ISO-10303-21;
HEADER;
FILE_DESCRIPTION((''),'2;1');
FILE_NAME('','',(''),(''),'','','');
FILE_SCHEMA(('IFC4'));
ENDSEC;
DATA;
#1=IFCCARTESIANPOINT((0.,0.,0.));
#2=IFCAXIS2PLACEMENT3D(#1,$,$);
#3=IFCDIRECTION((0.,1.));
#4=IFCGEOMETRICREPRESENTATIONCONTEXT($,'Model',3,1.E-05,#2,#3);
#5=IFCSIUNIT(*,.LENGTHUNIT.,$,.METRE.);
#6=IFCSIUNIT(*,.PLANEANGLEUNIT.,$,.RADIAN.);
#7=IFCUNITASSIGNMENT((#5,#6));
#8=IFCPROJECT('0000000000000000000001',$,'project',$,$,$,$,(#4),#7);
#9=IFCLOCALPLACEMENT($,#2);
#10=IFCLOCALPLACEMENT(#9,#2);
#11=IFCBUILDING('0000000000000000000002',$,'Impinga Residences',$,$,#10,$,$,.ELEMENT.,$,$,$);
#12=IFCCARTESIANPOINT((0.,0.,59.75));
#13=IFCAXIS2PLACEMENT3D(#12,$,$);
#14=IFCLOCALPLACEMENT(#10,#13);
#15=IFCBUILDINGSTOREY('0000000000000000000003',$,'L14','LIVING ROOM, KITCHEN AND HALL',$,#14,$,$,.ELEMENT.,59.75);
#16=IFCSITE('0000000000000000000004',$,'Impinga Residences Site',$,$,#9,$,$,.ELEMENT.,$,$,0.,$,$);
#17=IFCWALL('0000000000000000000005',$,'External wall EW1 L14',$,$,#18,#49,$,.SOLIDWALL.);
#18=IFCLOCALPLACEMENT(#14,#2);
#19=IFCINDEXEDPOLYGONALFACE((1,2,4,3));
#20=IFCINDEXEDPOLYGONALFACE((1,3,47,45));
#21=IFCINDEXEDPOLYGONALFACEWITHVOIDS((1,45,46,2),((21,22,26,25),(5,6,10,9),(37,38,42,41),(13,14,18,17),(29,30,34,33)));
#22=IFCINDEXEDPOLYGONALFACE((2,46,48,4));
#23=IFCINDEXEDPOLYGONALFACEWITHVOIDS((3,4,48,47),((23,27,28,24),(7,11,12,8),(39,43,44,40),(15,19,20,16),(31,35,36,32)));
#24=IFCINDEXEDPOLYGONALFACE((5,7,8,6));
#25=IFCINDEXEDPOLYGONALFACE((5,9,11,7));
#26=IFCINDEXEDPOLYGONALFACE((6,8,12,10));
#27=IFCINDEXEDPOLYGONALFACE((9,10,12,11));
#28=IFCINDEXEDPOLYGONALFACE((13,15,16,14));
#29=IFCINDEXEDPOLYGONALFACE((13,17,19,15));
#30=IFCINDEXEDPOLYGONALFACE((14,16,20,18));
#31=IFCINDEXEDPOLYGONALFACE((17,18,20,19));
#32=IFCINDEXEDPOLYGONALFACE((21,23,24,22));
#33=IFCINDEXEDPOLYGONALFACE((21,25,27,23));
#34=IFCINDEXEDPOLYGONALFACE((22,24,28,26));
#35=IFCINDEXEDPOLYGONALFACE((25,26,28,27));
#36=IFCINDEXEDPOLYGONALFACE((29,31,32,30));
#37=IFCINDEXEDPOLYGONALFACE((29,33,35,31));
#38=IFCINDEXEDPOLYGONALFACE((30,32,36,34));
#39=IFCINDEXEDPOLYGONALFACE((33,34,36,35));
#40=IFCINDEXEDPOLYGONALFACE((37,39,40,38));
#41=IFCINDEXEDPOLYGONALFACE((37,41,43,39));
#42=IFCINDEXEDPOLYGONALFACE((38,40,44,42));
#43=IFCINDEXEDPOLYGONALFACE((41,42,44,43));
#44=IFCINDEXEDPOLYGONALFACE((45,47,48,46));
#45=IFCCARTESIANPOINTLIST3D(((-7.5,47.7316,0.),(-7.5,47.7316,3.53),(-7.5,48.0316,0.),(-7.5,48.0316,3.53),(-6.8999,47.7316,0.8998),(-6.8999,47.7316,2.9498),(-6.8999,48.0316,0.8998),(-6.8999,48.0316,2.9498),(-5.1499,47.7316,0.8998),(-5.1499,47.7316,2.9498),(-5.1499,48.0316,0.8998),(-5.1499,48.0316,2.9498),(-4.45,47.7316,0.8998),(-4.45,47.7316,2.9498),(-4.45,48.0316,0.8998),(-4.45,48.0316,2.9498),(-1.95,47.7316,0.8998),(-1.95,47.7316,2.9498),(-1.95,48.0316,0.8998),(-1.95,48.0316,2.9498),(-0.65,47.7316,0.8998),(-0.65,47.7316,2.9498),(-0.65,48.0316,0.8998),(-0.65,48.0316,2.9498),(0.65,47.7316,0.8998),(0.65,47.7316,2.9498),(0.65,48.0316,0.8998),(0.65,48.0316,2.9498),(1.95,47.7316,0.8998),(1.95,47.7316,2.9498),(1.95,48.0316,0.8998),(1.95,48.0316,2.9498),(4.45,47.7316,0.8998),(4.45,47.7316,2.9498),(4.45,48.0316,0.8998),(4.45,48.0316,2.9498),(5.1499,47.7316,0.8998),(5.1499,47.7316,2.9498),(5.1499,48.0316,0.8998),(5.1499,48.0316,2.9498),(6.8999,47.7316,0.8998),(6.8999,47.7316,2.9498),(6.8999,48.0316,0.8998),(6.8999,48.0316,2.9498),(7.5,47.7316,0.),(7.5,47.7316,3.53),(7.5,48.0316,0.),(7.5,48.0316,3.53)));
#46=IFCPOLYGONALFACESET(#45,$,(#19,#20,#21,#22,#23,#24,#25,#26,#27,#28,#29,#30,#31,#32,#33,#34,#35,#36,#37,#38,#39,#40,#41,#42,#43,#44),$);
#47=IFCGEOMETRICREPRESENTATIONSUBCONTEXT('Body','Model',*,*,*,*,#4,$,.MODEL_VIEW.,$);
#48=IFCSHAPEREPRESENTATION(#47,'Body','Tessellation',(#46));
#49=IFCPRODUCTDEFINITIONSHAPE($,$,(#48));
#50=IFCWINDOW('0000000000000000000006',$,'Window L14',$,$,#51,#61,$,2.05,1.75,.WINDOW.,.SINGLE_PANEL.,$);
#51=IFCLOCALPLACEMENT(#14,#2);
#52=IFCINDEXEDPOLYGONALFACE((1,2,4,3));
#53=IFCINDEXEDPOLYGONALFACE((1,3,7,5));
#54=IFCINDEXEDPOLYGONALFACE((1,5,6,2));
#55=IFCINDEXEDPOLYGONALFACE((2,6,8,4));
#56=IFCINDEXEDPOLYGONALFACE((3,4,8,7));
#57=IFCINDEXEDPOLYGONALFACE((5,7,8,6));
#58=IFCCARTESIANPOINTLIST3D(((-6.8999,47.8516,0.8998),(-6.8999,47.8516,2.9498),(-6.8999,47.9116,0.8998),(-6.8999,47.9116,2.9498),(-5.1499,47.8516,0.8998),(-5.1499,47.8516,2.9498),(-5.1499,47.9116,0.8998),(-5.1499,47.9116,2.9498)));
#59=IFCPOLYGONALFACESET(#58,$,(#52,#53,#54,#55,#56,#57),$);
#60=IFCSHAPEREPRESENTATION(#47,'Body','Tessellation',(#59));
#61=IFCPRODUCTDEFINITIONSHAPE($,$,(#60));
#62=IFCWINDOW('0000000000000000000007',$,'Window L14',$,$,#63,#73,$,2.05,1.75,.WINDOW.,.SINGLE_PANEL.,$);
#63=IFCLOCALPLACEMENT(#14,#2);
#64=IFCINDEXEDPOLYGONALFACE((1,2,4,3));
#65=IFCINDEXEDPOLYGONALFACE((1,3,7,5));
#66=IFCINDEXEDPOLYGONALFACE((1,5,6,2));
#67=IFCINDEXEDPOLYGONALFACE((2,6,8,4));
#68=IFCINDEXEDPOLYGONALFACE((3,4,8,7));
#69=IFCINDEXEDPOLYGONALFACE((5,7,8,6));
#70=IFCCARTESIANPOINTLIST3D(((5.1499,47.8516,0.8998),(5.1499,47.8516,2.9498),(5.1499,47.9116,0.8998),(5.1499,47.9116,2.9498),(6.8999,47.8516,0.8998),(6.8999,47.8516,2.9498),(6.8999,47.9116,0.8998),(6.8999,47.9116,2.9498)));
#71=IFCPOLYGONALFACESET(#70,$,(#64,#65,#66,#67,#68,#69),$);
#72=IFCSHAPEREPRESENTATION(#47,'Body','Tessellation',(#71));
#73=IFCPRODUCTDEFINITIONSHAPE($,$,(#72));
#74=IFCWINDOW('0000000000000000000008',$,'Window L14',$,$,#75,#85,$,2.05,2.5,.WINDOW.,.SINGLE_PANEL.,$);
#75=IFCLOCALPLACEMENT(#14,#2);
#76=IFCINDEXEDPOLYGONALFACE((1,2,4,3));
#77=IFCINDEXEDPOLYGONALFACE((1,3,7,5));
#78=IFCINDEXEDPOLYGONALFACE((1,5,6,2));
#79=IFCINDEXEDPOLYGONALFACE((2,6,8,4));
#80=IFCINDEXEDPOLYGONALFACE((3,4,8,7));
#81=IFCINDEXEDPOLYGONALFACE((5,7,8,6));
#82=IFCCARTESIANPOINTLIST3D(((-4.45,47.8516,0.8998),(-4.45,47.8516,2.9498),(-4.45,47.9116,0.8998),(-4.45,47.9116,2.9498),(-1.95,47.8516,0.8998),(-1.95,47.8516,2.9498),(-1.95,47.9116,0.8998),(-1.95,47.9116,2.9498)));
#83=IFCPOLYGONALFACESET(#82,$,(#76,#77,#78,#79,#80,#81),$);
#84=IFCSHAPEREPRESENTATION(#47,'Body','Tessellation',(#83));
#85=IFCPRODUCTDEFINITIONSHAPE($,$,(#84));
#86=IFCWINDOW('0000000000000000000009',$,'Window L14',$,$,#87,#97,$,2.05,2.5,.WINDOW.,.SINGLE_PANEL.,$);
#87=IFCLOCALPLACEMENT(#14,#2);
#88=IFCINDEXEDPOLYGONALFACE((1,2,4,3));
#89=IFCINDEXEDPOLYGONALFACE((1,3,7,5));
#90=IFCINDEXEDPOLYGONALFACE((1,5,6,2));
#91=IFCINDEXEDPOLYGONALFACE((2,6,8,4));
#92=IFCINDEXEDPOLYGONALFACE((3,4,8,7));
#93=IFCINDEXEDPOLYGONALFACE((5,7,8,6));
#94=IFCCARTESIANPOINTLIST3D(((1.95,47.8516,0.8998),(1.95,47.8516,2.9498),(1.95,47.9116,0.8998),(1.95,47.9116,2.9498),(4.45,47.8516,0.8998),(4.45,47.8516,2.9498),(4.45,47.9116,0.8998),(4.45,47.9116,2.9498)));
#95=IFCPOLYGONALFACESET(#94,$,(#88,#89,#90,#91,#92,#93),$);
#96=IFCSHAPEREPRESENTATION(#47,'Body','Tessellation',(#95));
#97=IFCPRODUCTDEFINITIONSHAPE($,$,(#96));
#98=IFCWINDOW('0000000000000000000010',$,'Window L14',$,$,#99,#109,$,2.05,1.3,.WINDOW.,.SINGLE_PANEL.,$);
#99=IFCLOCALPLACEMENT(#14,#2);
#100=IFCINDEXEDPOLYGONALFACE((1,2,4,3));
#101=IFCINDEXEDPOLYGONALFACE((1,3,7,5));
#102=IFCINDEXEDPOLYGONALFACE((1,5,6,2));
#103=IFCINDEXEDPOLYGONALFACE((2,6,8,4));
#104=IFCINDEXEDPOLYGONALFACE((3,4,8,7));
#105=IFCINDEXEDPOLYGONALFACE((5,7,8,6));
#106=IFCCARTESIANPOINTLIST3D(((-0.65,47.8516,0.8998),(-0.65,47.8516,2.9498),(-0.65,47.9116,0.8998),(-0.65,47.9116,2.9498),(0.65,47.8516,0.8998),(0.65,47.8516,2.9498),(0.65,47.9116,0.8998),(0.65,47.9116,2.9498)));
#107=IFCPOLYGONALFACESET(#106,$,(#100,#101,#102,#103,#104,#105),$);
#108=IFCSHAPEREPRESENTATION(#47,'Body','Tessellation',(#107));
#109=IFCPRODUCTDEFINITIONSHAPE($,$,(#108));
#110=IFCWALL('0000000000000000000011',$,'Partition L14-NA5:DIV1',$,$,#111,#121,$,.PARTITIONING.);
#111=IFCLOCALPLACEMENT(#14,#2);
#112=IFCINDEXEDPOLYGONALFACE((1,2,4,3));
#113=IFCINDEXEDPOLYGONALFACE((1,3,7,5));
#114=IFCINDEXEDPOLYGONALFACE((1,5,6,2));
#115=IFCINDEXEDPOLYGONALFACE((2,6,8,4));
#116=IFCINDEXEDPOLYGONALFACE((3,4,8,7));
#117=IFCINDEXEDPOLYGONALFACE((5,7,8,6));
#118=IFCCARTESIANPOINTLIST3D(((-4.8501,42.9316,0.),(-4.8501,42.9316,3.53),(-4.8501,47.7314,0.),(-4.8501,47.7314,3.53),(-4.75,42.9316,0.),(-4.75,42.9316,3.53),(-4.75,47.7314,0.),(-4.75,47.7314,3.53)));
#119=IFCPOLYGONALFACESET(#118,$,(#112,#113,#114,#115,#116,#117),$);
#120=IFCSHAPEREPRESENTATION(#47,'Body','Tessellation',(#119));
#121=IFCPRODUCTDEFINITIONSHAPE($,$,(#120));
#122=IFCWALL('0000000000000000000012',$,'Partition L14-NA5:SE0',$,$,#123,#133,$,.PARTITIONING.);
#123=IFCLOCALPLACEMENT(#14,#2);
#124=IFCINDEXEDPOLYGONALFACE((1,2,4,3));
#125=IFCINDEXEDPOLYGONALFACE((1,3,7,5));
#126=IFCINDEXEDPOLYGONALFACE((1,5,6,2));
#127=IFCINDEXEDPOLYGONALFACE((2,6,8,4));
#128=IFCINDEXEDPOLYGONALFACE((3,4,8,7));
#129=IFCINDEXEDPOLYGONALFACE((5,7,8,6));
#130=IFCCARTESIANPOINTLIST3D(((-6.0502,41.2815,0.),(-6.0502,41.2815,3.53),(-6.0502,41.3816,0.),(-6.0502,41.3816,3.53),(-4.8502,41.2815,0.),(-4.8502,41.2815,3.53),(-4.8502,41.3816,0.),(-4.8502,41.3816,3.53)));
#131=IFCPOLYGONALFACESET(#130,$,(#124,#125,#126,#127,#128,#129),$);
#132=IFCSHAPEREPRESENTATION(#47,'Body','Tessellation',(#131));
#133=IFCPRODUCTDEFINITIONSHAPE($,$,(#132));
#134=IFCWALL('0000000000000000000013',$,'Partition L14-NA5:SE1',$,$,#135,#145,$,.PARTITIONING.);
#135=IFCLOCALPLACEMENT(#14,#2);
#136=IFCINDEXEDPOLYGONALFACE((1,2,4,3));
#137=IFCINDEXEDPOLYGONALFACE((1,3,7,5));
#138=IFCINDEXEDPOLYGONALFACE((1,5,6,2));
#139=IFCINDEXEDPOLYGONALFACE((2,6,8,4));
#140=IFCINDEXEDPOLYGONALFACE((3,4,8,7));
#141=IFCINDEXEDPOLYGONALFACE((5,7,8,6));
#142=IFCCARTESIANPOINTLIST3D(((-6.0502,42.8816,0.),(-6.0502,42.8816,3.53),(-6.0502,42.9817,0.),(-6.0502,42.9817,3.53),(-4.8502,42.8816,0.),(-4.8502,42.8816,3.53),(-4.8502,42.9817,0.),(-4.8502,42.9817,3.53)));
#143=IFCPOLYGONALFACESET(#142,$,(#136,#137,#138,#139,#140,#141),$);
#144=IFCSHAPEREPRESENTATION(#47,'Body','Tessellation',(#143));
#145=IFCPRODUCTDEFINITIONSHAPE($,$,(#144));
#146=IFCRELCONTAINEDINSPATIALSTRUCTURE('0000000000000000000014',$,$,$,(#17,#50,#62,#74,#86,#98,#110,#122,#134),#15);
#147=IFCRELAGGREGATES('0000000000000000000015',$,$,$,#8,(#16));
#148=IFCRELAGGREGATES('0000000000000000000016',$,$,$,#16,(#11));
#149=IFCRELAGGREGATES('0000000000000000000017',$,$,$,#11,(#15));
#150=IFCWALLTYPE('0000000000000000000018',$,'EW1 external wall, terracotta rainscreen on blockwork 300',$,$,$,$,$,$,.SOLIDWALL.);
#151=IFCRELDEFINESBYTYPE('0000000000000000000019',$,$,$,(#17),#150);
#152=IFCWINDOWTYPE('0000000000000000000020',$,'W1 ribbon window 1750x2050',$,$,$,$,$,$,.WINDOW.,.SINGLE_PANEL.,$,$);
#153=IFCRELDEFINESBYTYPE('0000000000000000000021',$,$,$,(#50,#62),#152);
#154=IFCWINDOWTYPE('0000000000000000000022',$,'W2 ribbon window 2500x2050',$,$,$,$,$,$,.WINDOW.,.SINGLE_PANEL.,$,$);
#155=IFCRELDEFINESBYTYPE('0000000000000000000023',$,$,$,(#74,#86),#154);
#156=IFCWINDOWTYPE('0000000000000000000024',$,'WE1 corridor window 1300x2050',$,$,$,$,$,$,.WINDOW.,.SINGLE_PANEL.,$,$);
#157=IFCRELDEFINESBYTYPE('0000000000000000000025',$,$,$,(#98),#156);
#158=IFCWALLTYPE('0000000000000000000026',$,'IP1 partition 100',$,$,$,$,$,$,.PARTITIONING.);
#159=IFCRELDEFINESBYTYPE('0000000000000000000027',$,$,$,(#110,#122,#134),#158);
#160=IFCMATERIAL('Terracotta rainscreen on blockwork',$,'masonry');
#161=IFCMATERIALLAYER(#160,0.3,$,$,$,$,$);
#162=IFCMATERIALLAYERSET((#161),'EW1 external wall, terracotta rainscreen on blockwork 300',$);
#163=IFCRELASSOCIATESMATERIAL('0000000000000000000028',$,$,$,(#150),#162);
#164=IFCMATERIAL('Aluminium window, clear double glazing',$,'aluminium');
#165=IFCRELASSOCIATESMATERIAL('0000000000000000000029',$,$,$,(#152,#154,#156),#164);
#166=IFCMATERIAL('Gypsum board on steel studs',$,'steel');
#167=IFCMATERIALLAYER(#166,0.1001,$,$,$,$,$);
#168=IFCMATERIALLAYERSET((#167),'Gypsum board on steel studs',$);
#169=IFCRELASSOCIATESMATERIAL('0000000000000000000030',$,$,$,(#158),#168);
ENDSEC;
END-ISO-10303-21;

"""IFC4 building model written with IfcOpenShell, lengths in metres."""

from ifc_helpers import new_model, si_unit, direction, frame, frame_2d, origin, place, context, subcontext, project, spatial, rectangle, extrude, material, layer, layer_set, type_object, element, fill, save


model = new_model("IFC4")

# Units and contexts
model_context = context("Model", 3, precision=1e-05, world=origin(), true_north=direction((0.0, 1.0)))
body_context = subcontext(model_context, "Body", "Model", "MODEL_VIEW")
ifc_project = project(units=[si_unit("LENGTHUNIT", "METRE"), si_unit("PLANEANGLEUNIT", "RADIAN")], contexts=[model_context])

# Site, building, storey
site_placement = place(None, origin())
site = spatial("IfcSite", under=ifc_project, at=site_placement, Name="Impinga Residences Site", CompositionType="ELEMENT", RefElevation=0.0)
building_placement = place(site_placement, origin())
building = spatial("IfcBuilding", under=site, at=building_placement, Name="Impinga Residences", CompositionType="ELEMENT")
storey_placement = place(building_placement, frame((0.0, 0.0, 59.75)))
storey = spatial("IfcBuildingStorey", under=building, at=storey_placement, Name="L14", Description="LIVING ROOM, KITCHEN AND HALL", CompositionType="ELEMENT", Elevation=59.75)

# Shared definitions
ifc_material_1 = material(Name="Terracotta rainscreen on blockwork", Category="masonry")
ifc_layer_1 = layer(ifc_material_1, 0.3)
ifc_layer_set_1 = layer_set([ifc_layer_1], Name="EW1 external wall, terracotta rainscreen on blockwork 300")
wall_type_1 = type_object("IfcWallType", Name="EW1 external wall, terracotta rainscreen on blockwork 300", PredefinedType="SOLIDWALL", material=ifc_layer_set_1)

# Wall, openings, windows
wall_1_placement = place(storey_placement, frame((-7.5, 47.8816, 0.0), z_axis=(0.0, 0.0, 1.0), x_axis=(1.0, 0.0, 0.0)))
wall_1 = element("IfcWall", 1, at=wall_1_placement, inside=storey, type_object=wall_type_1, Name="External wall EW1 L14", PredefinedType="SOLIDWALL", context=body_context, shape_type="SweptSolid", body=[
    extrude(rectangle(XDim=15.0, YDim=0.3, at=frame_2d((7.5, 0.0))), origin(), (0.0, 0.0, 1.0), 3.53),
])
opening_1_placement = place(wall_1_placement, frame((0.6001, 0.0, 0.8999)))
opening_1 = element("IfcOpeningElement", 2, at=opening_1_placement, cuts=wall_1, PredefinedType="OPENING", context=body_context, shape_type="SweptSolid", body=[
    extrude(rectangle(XDim=1.75, YDim=2.05, at=frame_2d((0.875, 1.0249))), frame((0.0, 0.1599, 0.0), z_axis=(0.0, -1.0, 0.0), x_axis=(1.0, 0.0, 0.0)), (0.0, 0.0, 1.0), 0.3201),
])
opening_2_placement = place(wall_1_placement, frame((3.05, 0.0, 0.8999)))
opening_2 = element("IfcOpeningElement", 3, at=opening_2_placement, cuts=wall_1, PredefinedType="OPENING", context=body_context, shape_type="SweptSolid", body=[
    extrude(rectangle(XDim=2.5, YDim=2.05, at=frame_2d((1.25, 1.0249))), frame((0.0, 0.1599, 0.0), z_axis=(0.0, -1.0, 0.0), x_axis=(1.0, 0.0, 0.0)), (0.0, 0.0, 1.0), 0.3201),
])
opening_3_placement = place(wall_1_placement, frame((6.8501, 0.0, 0.8999)))
opening_3 = element("IfcOpeningElement", 4, at=opening_3_placement, cuts=wall_1, PredefinedType="OPENING", context=body_context, shape_type="SweptSolid", body=[
    extrude(rectangle(XDim=1.3, YDim=2.05, at=frame_2d((0.6499, 1.0249))), frame((0.0, 0.1599, 0.0), z_axis=(0.0, -1.0, 0.0), x_axis=(1.0, 0.0, 0.0)), (0.0, 0.0, 1.0), 0.3201),
])
opening_4_placement = place(wall_1_placement, frame((9.45, 0.0, 0.8999)))
opening_4 = element("IfcOpeningElement", 5, at=opening_4_placement, cuts=wall_1, PredefinedType="OPENING", context=body_context, shape_type="SweptSolid", body=[
    extrude(rectangle(XDim=2.5, YDim=2.05, at=frame_2d((1.25, 1.0249))), frame((0.0, 0.1599, 0.0), z_axis=(0.0, -1.0, 0.0), x_axis=(1.0, 0.0, 0.0)), (0.0, 0.0, 1.0), 0.3201),
])
opening_5_placement = place(wall_1_placement, frame((12.6499, 0.0, 0.8999)))
opening_5 = element("IfcOpeningElement", 6, at=opening_5_placement, cuts=wall_1, PredefinedType="OPENING", context=body_context, shape_type="SweptSolid", body=[
    extrude(rectangle(XDim=1.75, YDim=2.05, at=frame_2d((0.875, 1.0249))), frame((0.0, 0.1599, 0.0), z_axis=(0.0, -1.0, 0.0), x_axis=(1.0, 0.0, 0.0)), (0.0, 0.0, 1.0), 0.3201),
])
ifc_material_2 = material(Name="Aluminium window, clear double glazing", Category="aluminium")
window_type_1 = type_object("IfcWindowType", Name="W1 ribbon window 1750x2050", PartitioningType="SINGLE_PANEL", PredefinedType="WINDOW", material=ifc_material_2)
window_1_placement = place(opening_1_placement, origin())
window_1 = element("IfcWindow", 7, at=window_1_placement, inside=storey, type_object=window_type_1, Name="Window L14", OverallHeight=2.05, OverallWidth=1.75, PartitioningType="SINGLE_PANEL", PredefinedType="WINDOW", context=body_context, shape_type="SweptSolid", body=[
    extrude(rectangle(XDim=1.75, YDim=2.05, at=frame_2d((0.875, 1.0249))), frame((0.0, 0.03, 0.0), z_axis=(0.0, -1.0, 0.0), x_axis=(1.0, 0.0, 0.0)), (0.0, 0.0, 1.0), 0.0601),
])
fill(opening_1, window_1)
window_2_placement = place(opening_5_placement, origin())
window_2 = element("IfcWindow", 8, at=window_2_placement, inside=storey, type_object=window_type_1, Name="Window L14", OverallHeight=2.05, OverallWidth=1.75, PartitioningType="SINGLE_PANEL", PredefinedType="WINDOW", context=body_context, shape_type="SweptSolid", body=[
    extrude(rectangle(XDim=1.75, YDim=2.05, at=frame_2d((0.875, 1.0249))), frame((0.0, 0.03, 0.0), z_axis=(0.0, -1.0, 0.0), x_axis=(1.0, 0.0, 0.0)), (0.0, 0.0, 1.0), 0.0601),
])
fill(opening_5, window_2)
window_type_2 = type_object("IfcWindowType", Name="W2 ribbon window 2500x2050", PartitioningType="SINGLE_PANEL", PredefinedType="WINDOW", material=ifc_material_2)
window_3_placement = place(opening_2_placement, origin())
window_3 = element("IfcWindow", 9, at=window_3_placement, inside=storey, type_object=window_type_2, Name="Window L14", OverallHeight=2.05, OverallWidth=2.5, PartitioningType="SINGLE_PANEL", PredefinedType="WINDOW", context=body_context, shape_type="SweptSolid", body=[
    extrude(rectangle(XDim=2.5, YDim=2.05, at=frame_2d((1.25, 1.0249))), frame((0.0, 0.03, 0.0), z_axis=(0.0, -1.0, 0.0), x_axis=(1.0, 0.0, 0.0)), (0.0, 0.0, 1.0), 0.0601),
])
fill(opening_2, window_3)
window_4_placement = place(opening_4_placement, origin())
window_4 = element("IfcWindow", 10, at=window_4_placement, inside=storey, type_object=window_type_2, Name="Window L14", OverallHeight=2.05, OverallWidth=2.5, PartitioningType="SINGLE_PANEL", PredefinedType="WINDOW", context=body_context, shape_type="SweptSolid", body=[
    extrude(rectangle(XDim=2.5, YDim=2.05, at=frame_2d((1.25, 1.0249))), frame((0.0, 0.03, 0.0), z_axis=(0.0, -1.0, 0.0), x_axis=(1.0, 0.0, 0.0)), (0.0, 0.0, 1.0), 0.0601),
])
fill(opening_4, window_4)
window_type_3 = type_object("IfcWindowType", Name="WE1 corridor window 1300x2050", PartitioningType="SINGLE_PANEL", PredefinedType="WINDOW", material=ifc_material_2)
window_5_placement = place(opening_3_placement, origin())
window_5 = element("IfcWindow", 11, at=window_5_placement, inside=storey, type_object=window_type_3, Name="Window L14", OverallHeight=2.05, OverallWidth=1.3, PartitioningType="SINGLE_PANEL", PredefinedType="WINDOW", context=body_context, shape_type="SweptSolid", body=[
    extrude(rectangle(XDim=1.3, YDim=2.05, at=frame_2d((0.6499, 1.0249))), frame((0.0, 0.03, 0.0), z_axis=(0.0, -1.0, 0.0), x_axis=(1.0, 0.0, 0.0)), (0.0, 0.0, 1.0), 0.0601),
])
fill(opening_3, window_5)

# Walls
ifc_material_3 = material(Name="Gypsum board on steel studs", Category="steel")
ifc_layer_2 = layer(ifc_material_3, 0.1001)
ifc_layer_set_2 = layer_set([ifc_layer_2], Name="Gypsum board on steel studs")
wall_type_2 = type_object("IfcWallType", Name="IP1 partition 100", PredefinedType="PARTITIONING", material=ifc_layer_set_2)
wall_2_placement = place(storey_placement, frame((-4.8, 42.9316, 0.0), z_axis=(0.0, 0.0, 1.0), x_axis=(0.0, 1.0, 0.0)))
element("IfcWall", 12, at=wall_2_placement, inside=storey, type_object=wall_type_2, Name="Partition L14-NA5:DIV1", PredefinedType="PARTITIONING", context=body_context, shape_type="SweptSolid", body=[
    extrude(rectangle(XDim=4.7998, YDim=0.1001, at=frame_2d((2.3999, 0.0))), origin(), (0.0, 0.0, 1.0), 3.53),
])
for number, where, z_axis, x_axis, name in (
    (13, (-4.8501, 41.3315, 0.0), (0.0, 0.0, 1.0), (-1.0, 0.0, 0.0), "Partition L14-NA5:SE0"),
    (14, (-4.8501, 42.9316, 0.0), (0.0, 0.0, 1.0), (-1.0, 0.0, 0.0), "Partition L14-NA5:SE1"),
):
    element("IfcWall", number, at=place(storey_placement, frame(where, z_axis=z_axis, x_axis=x_axis)), inside=storey, type_object=wall_type_2, Name=name, PredefinedType="PARTITIONING", context=body_context, shape_type="SweptSolid", body=[
        extrude(rectangle(XDim=1.2, YDim=0.1001, at=frame_2d((0.6001, 0.0))), origin(), (0.0, 0.0, 1.0), 3.53),
    ])

save(model, "model.ifc")
